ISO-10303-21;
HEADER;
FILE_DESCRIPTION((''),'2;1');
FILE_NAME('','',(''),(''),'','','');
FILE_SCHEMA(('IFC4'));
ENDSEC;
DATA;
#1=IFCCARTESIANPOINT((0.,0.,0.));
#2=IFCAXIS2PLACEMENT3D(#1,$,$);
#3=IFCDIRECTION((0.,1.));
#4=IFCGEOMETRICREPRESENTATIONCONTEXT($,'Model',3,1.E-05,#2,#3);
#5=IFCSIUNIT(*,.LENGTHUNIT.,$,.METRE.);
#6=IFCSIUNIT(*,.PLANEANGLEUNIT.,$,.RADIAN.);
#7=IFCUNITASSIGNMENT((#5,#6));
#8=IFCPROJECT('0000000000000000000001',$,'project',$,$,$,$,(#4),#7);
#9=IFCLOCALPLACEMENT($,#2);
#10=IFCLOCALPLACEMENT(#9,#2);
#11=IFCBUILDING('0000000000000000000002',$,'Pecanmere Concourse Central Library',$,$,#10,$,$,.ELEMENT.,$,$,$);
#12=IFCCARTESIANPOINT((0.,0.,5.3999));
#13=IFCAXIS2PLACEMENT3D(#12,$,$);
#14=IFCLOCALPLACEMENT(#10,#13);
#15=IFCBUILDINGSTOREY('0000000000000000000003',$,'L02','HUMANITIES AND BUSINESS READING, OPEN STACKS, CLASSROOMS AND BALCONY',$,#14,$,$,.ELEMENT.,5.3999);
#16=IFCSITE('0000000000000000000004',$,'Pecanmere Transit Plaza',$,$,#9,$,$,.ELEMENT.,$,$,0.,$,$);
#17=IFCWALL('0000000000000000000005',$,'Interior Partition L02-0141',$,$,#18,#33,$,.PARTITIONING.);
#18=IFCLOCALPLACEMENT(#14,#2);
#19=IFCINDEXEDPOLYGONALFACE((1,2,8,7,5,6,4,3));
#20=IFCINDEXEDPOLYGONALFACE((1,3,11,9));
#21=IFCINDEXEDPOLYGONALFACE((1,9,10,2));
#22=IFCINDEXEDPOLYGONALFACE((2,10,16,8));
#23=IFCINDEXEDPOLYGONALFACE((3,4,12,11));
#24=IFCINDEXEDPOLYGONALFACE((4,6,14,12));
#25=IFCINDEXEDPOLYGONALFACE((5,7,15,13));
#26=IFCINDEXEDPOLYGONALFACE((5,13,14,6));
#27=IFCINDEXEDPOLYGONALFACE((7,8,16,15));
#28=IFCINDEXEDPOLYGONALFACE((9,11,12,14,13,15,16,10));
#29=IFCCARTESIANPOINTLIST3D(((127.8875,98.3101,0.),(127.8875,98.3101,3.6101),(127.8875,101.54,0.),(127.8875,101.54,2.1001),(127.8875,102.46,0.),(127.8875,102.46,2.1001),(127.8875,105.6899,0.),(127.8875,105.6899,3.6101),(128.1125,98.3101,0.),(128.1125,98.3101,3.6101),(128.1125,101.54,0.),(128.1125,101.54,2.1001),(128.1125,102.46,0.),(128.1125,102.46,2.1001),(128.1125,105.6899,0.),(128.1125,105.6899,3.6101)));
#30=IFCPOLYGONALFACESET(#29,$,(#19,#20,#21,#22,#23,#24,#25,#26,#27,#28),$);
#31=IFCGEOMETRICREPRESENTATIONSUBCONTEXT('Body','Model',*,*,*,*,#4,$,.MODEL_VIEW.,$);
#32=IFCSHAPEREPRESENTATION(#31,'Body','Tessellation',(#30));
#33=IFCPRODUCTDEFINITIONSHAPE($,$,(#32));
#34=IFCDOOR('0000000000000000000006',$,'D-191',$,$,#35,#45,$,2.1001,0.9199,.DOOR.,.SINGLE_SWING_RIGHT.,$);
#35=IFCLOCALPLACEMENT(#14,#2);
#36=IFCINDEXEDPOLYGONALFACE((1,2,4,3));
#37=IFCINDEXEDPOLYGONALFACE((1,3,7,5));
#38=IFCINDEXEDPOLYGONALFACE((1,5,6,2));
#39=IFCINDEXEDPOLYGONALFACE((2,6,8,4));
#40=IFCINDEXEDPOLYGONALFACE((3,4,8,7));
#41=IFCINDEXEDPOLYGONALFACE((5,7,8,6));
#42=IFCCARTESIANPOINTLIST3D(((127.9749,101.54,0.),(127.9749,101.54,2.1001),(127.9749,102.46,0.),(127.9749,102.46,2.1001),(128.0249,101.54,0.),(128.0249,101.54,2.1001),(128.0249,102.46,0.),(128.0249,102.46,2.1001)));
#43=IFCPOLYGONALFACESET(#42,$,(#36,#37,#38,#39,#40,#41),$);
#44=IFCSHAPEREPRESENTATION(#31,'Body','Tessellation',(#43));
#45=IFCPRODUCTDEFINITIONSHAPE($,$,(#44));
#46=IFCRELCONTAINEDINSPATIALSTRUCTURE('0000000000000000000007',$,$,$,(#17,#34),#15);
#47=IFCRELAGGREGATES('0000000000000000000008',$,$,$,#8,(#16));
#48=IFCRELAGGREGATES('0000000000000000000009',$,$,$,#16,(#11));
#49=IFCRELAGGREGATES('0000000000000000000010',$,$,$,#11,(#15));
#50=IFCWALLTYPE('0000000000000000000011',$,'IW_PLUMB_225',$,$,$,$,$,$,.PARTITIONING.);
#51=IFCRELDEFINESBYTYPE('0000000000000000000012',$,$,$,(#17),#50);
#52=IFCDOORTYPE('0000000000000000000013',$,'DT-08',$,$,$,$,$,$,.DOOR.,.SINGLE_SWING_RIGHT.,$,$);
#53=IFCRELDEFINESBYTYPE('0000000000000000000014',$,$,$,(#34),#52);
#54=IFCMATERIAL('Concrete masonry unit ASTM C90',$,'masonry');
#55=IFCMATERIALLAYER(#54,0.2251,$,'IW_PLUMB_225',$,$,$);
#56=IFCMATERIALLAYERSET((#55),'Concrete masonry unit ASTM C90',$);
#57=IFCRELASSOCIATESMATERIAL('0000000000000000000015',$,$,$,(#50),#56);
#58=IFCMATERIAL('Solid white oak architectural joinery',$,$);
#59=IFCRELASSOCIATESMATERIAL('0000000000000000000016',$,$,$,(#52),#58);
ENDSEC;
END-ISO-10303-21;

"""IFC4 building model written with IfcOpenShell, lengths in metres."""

from ifc_helpers import new_model, si_unit, direction, frame, frame_2d, origin, place, context, subcontext, project, spatial, rectangle, extrude, material, layer, layer_set, type_object, element, fill, save


model = new_model("IFC4")

# Units and contexts
model_context = context("Model", 3, precision=1e-05, world=origin(), true_north=direction((0.0, 1.0)))
body_context = subcontext(model_context, "Body", "Model", "MODEL_VIEW")
ifc_project = project(units=[si_unit("LENGTHUNIT", "METRE"), si_unit("PLANEANGLEUNIT", "RADIAN")], contexts=[model_context])

# Site, building, storey
site_placement = place(None, origin())
site = spatial("IfcSite", under=ifc_project, at=site_placement, Name="Pecanmere Transit Plaza", CompositionType="ELEMENT", RefElevation=0.0)
building_placement = place(site_placement, origin())
building = spatial("IfcBuilding", under=site, at=building_placement, Name="Pecanmere Concourse Central Library", CompositionType="ELEMENT")
storey_placement = place(building_placement, frame((0.0, 0.0, 5.3999)))
storey = spatial("IfcBuildingStorey", under=building, at=storey_placement, Name="L02", Description="HUMANITIES AND BUSINESS READING, OPEN STACKS, CLASSROOMS AND BALCONY", CompositionType="ELEMENT", Elevation=5.3999)

# Wall, opening, door
ifc_material_1 = material(Name="Concrete masonry unit ASTM C90", Category="masonry")
ifc_layer = layer(ifc_material_1, 0.2251, Name="IW_PLUMB_225")
ifc_layer_set = layer_set([ifc_layer], Name="Concrete masonry unit ASTM C90")
wall_type = type_object("IfcWallType", Name="IW_PLUMB_225", PredefinedType="PARTITIONING", material=ifc_layer_set)
wall_1_placement = place(storey_placement, frame((128.0, 98.3101, 0.0), z_axis=(0.0, 0.0, 1.0), x_axis=(0.0, 1.0, 0.0)))
wall_1 = element("IfcWall", 1, at=wall_1_placement, inside=storey, type_object=wall_type, Name="Interior Partition L02-0141", PredefinedType="PARTITIONING", context=body_context, shape_type="SweptSolid", body=[
    extrude(rectangle(XDim=7.3799, YDim=0.2251, at=frame_2d((3.6899, 0.0))), origin(), (0.0, 0.0, 1.0), 3.6101),
])
opening_1_placement = place(wall_1_placement, frame((3.23, 0.0, 0.0)))
opening_1 = element("IfcOpeningElement", 2, at=opening_1_placement, cuts=wall_1, PredefinedType="OPENING", context=body_context, shape_type="SweptSolid", body=[
    extrude(rectangle(XDim=0.9199, YDim=2.1001, at=frame_2d((0.46, 1.05))), frame((0.0, 0.1245, 0.0), z_axis=(0.0, -1.0, 0.0), x_axis=(1.0, 0.0, 0.0)), (0.0, 0.0, 1.0), 0.249),
])
ifc_material_2 = material(Name="Solid white oak architectural joinery")
door_type_1 = type_object("IfcDoorType", Name="DT-08", OperationType="SINGLE_SWING_RIGHT", PredefinedType="DOOR", material=ifc_material_2)
door_1_placement = place(opening_1_placement, frame((0.9199, 0.0, 0.0), z_axis=(0.0, 0.0, 1.0), x_axis=(-1.0, 0.0, 0.0)))
door_1 = element("IfcDoor", 3, at=door_1_placement, inside=storey, type_object=door_type_1, Name="D-191", OperationType="SINGLE_SWING_RIGHT", OverallHeight=2.1001, OverallWidth=0.9199, PredefinedType="DOOR", context=body_context, shape_type="SweptSolid", body=[
    extrude(rectangle(XDim=0.9199, YDim=2.1001, at=frame_2d((0.46, 1.05))), frame((0.0, 0.0249, 0.0), z_axis=(0.0, -1.0, 0.0), x_axis=(1.0, 0.0, 0.0)), (0.0, 0.0, 1.0), 0.05),
])
fill(opening_1, door_1)

save(model, "model.ifc")
